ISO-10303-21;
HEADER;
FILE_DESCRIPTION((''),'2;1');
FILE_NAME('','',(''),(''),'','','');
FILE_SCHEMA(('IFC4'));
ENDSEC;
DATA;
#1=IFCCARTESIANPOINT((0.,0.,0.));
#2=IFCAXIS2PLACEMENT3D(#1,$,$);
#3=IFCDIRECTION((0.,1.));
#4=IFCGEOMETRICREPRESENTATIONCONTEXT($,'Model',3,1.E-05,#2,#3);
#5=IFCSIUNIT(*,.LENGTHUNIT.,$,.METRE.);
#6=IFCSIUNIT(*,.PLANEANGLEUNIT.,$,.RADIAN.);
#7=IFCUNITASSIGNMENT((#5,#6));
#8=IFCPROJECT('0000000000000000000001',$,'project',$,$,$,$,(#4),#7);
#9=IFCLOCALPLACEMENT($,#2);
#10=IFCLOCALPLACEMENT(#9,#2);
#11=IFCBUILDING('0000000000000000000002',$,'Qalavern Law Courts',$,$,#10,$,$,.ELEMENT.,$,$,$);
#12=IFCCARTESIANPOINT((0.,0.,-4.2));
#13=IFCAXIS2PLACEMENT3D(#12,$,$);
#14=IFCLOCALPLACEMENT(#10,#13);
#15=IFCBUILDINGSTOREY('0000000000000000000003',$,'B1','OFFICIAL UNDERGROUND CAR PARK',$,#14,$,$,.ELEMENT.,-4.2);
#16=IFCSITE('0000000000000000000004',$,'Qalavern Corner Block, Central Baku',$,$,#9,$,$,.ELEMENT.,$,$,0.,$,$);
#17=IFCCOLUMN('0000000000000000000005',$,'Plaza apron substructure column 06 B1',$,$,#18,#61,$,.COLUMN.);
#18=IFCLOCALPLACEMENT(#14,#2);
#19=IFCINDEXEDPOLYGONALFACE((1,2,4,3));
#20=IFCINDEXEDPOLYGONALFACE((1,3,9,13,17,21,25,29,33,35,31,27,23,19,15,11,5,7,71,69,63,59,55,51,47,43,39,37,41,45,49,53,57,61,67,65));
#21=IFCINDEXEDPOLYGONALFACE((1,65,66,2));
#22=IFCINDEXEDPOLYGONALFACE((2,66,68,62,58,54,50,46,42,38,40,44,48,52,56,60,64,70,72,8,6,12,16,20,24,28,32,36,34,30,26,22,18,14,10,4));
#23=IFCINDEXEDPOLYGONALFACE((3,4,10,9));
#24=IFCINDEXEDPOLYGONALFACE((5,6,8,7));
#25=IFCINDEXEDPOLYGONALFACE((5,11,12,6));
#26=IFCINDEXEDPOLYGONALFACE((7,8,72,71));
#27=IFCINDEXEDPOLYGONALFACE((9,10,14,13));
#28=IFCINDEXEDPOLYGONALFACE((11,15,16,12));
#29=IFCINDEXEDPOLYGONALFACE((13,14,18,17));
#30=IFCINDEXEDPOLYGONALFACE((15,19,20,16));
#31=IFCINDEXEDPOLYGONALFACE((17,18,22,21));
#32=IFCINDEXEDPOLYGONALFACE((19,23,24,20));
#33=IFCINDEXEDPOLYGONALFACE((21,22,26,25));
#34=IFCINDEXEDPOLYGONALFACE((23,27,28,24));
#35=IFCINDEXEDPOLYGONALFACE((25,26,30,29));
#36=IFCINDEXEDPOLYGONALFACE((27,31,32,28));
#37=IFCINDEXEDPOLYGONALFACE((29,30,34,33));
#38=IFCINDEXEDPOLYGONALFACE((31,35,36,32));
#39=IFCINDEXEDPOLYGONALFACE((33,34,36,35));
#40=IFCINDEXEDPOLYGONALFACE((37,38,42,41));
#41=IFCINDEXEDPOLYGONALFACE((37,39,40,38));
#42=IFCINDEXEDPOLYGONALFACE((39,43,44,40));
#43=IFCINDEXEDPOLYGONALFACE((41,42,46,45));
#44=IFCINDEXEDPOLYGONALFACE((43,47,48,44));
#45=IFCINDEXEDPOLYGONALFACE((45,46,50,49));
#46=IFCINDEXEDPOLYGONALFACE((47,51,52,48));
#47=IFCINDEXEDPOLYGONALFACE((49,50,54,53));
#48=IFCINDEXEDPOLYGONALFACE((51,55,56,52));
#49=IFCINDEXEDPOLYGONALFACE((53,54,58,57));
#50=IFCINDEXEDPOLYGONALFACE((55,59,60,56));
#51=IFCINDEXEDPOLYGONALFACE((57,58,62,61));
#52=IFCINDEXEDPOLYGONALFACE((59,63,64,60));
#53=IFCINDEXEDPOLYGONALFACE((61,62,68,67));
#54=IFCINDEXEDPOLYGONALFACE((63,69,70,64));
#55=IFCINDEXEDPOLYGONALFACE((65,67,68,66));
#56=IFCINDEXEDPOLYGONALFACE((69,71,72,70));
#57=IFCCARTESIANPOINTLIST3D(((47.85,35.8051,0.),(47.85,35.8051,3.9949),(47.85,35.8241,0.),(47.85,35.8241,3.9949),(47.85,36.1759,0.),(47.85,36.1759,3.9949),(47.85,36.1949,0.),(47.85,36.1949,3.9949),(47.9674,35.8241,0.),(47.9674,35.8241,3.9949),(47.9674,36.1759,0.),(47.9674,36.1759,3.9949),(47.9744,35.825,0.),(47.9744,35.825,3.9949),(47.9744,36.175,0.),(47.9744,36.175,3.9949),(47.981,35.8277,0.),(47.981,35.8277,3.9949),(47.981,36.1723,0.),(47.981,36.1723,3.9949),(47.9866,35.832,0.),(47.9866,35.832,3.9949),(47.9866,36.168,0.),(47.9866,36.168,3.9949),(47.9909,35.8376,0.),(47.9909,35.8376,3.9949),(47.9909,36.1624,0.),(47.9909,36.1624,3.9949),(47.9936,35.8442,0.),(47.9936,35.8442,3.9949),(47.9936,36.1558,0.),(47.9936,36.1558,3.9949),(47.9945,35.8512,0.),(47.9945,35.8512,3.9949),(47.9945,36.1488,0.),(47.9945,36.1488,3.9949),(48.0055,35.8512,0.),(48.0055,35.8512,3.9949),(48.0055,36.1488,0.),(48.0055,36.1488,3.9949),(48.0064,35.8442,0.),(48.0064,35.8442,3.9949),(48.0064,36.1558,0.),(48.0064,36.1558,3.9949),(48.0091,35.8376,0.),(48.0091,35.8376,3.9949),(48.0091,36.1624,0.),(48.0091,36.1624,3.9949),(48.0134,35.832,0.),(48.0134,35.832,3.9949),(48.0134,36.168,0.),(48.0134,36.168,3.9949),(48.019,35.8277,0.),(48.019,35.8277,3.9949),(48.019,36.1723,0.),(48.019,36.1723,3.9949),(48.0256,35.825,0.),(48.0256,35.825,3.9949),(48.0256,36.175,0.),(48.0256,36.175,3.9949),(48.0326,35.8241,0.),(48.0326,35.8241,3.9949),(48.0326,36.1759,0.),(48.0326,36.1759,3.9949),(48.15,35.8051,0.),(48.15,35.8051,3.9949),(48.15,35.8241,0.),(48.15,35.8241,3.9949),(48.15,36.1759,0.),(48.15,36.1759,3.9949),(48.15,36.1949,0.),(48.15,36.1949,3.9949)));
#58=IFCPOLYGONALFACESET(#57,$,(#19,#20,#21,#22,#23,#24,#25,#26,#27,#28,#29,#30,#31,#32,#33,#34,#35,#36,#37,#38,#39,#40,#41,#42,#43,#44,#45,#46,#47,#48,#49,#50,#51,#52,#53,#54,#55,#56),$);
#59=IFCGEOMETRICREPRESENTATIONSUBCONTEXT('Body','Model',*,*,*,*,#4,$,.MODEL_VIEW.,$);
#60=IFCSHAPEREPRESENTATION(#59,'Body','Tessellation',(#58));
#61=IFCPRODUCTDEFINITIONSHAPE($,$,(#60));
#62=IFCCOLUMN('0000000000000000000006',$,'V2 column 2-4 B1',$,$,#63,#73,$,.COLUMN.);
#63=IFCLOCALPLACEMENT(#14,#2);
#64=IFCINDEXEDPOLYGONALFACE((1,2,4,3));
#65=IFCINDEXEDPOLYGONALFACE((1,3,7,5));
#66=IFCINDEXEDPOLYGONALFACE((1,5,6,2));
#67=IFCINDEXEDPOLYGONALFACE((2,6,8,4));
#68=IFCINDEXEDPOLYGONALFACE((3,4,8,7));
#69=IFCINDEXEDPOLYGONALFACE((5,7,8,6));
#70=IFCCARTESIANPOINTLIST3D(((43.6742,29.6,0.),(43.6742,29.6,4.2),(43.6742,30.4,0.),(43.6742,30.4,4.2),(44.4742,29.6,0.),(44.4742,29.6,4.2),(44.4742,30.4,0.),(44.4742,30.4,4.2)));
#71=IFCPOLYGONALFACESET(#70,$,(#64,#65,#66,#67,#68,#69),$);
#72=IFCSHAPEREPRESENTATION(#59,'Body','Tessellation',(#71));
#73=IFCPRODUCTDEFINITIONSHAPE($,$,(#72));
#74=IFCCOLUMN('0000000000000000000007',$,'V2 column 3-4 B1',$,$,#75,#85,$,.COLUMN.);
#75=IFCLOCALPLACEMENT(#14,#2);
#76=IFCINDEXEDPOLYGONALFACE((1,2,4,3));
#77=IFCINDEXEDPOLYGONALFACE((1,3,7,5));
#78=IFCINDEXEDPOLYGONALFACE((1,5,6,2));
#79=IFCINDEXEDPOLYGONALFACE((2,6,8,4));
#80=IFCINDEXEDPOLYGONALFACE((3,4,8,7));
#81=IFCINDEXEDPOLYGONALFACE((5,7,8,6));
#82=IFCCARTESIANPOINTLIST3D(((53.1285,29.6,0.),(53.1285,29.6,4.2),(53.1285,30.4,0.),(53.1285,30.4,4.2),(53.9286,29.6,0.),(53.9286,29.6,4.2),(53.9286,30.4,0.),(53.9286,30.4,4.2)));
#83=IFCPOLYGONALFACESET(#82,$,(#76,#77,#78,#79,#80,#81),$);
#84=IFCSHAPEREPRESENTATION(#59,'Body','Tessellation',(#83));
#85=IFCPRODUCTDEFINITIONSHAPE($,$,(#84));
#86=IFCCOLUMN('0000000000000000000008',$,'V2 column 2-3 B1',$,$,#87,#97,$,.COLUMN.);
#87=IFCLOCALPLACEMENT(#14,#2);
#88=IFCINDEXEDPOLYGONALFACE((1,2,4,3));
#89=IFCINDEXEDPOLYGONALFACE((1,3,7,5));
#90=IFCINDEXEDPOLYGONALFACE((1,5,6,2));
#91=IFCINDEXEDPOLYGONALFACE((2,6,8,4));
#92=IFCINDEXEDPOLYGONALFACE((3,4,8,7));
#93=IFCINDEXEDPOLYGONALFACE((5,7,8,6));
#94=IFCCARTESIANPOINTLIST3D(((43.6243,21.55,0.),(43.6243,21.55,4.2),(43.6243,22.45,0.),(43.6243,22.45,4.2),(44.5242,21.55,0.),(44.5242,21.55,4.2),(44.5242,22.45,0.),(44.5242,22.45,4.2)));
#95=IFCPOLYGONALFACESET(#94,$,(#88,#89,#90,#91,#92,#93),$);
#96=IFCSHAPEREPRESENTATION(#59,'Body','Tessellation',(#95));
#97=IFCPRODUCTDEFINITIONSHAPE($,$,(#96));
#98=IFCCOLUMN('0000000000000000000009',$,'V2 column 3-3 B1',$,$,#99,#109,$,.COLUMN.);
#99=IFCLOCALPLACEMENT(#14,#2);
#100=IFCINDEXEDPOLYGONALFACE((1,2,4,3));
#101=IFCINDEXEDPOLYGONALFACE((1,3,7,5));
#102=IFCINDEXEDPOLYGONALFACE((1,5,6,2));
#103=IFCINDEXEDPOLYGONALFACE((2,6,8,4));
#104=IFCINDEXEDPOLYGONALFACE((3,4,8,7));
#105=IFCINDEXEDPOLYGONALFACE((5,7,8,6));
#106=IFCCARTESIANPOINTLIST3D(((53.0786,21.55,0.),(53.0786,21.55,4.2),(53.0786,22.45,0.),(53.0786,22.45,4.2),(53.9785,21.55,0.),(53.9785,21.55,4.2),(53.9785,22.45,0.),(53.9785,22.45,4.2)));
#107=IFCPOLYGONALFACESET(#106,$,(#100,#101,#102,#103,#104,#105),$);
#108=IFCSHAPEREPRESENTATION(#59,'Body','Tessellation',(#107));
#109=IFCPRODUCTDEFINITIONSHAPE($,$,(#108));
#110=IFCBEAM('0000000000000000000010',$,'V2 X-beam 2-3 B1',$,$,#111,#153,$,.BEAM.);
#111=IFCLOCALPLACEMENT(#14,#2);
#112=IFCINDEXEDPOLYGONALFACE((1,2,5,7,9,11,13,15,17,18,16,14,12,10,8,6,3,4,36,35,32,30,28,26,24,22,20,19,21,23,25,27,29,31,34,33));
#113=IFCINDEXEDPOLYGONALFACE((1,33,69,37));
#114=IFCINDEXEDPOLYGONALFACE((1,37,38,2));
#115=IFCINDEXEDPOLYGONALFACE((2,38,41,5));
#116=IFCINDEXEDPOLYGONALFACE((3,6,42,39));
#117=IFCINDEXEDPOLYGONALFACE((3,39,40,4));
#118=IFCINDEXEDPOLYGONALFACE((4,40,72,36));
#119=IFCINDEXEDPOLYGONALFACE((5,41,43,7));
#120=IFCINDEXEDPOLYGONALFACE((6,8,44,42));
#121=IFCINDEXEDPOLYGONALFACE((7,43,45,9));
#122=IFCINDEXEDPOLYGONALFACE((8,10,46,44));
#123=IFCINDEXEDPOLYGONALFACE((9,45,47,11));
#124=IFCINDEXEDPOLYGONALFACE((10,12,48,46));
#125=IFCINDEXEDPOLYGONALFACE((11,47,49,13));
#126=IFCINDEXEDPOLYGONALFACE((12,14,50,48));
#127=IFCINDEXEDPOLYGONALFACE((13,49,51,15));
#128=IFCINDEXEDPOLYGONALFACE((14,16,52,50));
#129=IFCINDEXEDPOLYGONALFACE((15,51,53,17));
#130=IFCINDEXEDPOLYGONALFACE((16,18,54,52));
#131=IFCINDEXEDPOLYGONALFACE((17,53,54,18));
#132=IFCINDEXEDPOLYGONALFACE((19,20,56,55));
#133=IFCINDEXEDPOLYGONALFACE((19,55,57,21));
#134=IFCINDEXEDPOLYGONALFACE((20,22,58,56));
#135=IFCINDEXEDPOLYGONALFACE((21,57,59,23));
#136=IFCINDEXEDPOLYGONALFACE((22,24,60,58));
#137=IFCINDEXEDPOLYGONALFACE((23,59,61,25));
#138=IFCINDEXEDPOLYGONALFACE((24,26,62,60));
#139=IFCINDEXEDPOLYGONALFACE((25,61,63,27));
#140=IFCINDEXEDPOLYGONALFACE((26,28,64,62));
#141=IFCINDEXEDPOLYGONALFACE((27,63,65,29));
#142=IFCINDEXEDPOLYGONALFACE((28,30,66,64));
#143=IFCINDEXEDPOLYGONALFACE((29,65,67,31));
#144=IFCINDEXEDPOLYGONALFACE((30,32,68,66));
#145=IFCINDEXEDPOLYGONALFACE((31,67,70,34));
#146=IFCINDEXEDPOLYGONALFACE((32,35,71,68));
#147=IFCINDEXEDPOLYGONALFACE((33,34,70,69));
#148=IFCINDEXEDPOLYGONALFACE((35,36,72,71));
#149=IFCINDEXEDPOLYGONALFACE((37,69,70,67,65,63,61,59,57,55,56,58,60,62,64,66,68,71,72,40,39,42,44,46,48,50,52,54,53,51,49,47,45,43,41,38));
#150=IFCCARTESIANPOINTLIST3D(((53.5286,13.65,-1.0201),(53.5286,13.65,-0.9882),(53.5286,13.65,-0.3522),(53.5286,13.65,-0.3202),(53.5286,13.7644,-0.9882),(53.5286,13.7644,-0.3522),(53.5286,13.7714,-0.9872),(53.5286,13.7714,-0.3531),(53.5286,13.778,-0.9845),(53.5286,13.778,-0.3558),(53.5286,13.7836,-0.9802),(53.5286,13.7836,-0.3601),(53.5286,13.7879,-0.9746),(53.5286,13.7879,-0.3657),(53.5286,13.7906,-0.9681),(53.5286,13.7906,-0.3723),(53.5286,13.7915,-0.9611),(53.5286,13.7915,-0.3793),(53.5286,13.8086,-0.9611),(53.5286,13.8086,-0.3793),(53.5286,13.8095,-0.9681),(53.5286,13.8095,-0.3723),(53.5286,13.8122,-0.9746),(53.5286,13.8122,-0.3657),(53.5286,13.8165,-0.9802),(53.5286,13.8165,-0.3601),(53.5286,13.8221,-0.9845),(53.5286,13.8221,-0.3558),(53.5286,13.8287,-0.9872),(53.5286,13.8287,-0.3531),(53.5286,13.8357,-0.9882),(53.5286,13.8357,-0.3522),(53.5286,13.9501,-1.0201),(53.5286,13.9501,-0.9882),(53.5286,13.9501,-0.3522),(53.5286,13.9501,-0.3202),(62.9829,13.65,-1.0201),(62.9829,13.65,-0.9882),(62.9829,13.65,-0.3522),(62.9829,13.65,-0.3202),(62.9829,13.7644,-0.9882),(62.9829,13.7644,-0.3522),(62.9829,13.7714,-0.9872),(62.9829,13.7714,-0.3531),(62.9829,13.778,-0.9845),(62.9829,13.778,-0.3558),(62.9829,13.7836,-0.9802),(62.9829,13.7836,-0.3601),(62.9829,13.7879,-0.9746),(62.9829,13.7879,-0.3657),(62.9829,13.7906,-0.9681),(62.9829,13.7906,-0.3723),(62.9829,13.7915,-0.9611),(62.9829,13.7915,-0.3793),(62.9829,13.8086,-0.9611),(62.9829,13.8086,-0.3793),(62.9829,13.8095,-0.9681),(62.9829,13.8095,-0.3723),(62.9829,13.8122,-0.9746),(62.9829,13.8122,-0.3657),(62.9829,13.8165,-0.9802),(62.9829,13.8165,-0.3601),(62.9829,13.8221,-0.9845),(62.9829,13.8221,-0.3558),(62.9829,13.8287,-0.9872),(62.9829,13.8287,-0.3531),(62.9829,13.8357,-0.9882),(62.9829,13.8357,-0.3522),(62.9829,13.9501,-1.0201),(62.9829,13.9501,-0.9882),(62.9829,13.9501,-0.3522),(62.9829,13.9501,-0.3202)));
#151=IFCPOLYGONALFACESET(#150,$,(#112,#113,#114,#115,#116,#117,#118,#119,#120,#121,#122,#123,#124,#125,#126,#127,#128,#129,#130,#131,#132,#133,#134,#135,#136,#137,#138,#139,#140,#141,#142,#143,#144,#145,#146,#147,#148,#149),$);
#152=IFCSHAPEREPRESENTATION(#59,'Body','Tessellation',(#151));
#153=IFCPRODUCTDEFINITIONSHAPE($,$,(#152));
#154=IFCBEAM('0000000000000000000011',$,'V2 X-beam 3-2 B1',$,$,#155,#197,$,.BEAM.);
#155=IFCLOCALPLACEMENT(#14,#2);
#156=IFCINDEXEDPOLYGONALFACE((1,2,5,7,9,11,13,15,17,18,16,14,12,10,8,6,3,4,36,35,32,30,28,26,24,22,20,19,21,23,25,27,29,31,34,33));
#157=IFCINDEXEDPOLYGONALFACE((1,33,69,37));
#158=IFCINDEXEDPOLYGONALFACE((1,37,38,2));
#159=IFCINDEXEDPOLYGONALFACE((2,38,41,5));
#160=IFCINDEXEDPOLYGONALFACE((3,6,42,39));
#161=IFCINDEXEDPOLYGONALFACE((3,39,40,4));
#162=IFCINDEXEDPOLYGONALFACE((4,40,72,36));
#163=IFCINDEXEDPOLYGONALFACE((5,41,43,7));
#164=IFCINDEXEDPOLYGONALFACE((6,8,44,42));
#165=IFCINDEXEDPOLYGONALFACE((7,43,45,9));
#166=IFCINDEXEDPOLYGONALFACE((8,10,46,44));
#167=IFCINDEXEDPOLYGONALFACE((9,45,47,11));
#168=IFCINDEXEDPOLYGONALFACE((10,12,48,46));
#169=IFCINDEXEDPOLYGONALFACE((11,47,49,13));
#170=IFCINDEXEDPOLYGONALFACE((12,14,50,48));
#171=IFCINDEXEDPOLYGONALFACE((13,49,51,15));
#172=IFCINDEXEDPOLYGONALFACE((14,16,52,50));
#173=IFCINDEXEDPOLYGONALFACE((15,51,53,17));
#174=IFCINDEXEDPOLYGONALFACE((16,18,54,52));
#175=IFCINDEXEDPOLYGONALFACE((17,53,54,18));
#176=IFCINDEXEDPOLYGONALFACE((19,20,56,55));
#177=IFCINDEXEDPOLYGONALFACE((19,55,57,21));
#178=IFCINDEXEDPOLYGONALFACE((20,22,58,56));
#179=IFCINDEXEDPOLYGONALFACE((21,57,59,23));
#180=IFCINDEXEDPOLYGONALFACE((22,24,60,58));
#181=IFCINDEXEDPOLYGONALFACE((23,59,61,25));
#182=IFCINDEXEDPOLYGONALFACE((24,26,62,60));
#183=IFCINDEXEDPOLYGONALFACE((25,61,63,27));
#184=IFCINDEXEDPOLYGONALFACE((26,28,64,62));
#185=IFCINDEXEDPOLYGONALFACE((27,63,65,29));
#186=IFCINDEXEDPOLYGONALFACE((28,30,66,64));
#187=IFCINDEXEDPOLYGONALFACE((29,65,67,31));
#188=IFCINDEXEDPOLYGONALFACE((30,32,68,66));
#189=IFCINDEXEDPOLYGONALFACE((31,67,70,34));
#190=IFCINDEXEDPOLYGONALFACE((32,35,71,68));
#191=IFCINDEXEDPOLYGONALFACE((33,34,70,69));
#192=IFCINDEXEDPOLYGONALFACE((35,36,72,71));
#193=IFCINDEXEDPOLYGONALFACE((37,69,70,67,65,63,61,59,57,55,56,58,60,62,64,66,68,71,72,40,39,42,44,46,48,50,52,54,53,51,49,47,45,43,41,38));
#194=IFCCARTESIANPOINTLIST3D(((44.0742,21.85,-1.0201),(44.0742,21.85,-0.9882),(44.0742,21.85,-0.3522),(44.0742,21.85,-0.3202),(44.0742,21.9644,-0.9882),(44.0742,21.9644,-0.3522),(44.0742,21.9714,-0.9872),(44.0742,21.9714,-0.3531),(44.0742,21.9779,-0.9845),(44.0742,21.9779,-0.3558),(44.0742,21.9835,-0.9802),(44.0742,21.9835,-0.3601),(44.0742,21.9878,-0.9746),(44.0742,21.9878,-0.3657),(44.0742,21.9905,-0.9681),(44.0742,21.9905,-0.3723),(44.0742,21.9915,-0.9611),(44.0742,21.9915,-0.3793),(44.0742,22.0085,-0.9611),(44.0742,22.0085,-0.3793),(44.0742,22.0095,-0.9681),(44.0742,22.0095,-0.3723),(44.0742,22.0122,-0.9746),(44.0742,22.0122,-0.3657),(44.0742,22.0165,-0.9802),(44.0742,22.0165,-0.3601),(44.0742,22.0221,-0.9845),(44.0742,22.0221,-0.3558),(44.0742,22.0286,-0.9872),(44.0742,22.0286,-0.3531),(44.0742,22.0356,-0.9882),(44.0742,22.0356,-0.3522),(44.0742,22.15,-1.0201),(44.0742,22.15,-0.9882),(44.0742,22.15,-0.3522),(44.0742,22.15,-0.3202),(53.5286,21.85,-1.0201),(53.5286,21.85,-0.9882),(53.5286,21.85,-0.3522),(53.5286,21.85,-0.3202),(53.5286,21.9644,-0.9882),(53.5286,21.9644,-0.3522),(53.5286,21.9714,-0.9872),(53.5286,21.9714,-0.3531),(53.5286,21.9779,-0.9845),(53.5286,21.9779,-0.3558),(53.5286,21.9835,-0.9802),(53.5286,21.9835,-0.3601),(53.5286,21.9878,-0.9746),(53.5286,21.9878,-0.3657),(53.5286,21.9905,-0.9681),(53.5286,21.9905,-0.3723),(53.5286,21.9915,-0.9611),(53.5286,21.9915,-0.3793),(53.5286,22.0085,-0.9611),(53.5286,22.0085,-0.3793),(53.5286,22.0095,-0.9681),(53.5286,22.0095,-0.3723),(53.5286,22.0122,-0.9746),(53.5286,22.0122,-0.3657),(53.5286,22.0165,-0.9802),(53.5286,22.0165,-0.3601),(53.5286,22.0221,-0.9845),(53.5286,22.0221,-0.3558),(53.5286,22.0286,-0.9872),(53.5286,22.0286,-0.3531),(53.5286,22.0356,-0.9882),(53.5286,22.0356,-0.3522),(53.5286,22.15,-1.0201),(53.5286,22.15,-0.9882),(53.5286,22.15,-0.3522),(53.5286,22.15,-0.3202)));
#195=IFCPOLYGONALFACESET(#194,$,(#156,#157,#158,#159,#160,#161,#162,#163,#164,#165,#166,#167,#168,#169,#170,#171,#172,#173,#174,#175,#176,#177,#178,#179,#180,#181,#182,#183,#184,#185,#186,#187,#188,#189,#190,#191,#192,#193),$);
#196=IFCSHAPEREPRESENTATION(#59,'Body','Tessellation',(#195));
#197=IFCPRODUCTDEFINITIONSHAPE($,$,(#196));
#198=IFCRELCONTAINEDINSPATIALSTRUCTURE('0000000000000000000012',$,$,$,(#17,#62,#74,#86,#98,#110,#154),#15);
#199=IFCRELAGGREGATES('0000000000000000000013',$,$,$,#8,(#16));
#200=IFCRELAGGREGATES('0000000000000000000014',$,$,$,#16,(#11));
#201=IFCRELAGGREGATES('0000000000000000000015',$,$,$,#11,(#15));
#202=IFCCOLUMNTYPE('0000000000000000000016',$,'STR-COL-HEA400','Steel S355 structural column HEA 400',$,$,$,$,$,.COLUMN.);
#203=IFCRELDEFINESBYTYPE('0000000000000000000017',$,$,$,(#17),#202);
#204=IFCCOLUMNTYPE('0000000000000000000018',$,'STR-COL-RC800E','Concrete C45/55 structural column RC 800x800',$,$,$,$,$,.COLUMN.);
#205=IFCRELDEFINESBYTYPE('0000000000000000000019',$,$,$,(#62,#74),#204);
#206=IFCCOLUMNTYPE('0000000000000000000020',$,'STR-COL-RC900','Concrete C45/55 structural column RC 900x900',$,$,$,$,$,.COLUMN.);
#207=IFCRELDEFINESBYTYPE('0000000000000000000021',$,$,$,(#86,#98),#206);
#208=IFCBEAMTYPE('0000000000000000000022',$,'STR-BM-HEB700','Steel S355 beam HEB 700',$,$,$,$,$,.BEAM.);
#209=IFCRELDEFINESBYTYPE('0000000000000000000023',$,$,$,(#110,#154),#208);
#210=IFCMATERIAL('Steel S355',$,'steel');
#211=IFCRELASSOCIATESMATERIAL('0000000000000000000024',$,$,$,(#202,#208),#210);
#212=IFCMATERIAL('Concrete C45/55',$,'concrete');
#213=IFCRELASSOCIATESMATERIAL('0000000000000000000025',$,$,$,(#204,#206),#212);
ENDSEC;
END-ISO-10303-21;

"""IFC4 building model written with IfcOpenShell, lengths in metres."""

from ifc_helpers import new_model, si_unit, direction, frame, origin, origin_2d, place, context, subcontext, project, spatial, rectangle, i_section, extrude, material, material_profile, profile_set, type_object, element, save


model = new_model("IFC4")

# Units and contexts
model_context = context("Model", 3, precision=1e-05, world=origin(), true_north=direction((0.0, 1.0)))
body_context = subcontext(model_context, "Body", "Model", "MODEL_VIEW")
ifc_project = project(units=[si_unit("LENGTHUNIT", "METRE"), si_unit("PLANEANGLEUNIT", "RADIAN")], contexts=[model_context])

# Site, building, storey
site_placement = place(None, origin())
site = spatial("IfcSite", under=ifc_project, at=site_placement, Name="Qalavern Corner Block, Central Baku", CompositionType="ELEMENT", RefElevation=0.0)
building_placement = place(site_placement, origin())
building = spatial("IfcBuilding", under=site, at=building_placement, Name="Qalavern Law Courts", CompositionType="ELEMENT")
storey_placement = place(building_placement, frame((0.0, 0.0, -4.2)))
storey = spatial("IfcBuildingStorey", under=building, at=storey_placement, Name="B1", Description="OFFICIAL UNDERGROUND CAR PARK", CompositionType="ELEMENT", Elevation=-4.2)

# Columns
ifc_material_1 = material(Name="Steel S355", Category="steel")
ifc_material_profile_1 = material_profile(ifc_material_1, i_section(OverallWidth=0.3, OverallDepth=0.3899, WebThickness=0.011, FlangeThickness=0.019, FilletRadius=0.0271, at=origin_2d()), Name="HEA 400")
ifc_profile_set_1 = profile_set([ifc_material_profile_1], Name="Steel S355")
column_type_1 = type_object("IfcColumnType", Name="STR-COL-HEA400", Description="Steel S355 structural column HEA 400", PredefinedType="COLUMN", material=ifc_profile_set_1)
column_placement = place(storey_placement, frame((48.0, 36.0, 0.0), z_axis=(0.0, 0.0, 1.0), x_axis=(1.0, 0.0, 0.0)))
element("IfcColumn", 1, at=column_placement, inside=storey, type_object=column_type_1, Name="Plaza apron substructure column 06 B1", PredefinedType="COLUMN", context=body_context, shape_type="SweptSolid", body=[
    extrude(i_section(OverallWidth=0.3, OverallDepth=0.3899, WebThickness=0.011, FlangeThickness=0.019, FilletRadius=0.0271, at=origin_2d()), origin(), (0.0, 0.0, 1.0), 3.9949),
])
ifc_material_2 = material(Name="Concrete C45/55", Category="concrete")
ifc_material_profile_2 = material_profile(ifc_material_2, rectangle(XDim=0.8, YDim=0.8, at=origin_2d()), Name="RC 800x800")
ifc_profile_set_2 = profile_set([ifc_material_profile_2], Name="Concrete C45/55")
column_type_2 = type_object("IfcColumnType", Name="STR-COL-RC800E", Description="Concrete C45/55 structural column RC 800x800", PredefinedType="COLUMN", material=ifc_profile_set_2)
for number, where, z_axis, x_axis, name in (
    (2, (44.0742, 30.0, 0.0), (0.0, 0.0, 1.0), (1.0, 0.0, 0.0), "V2 column 2-4 B1"),
    (3, (53.5286, 30.0, 0.0), (0.0, 0.0, 1.0), (1.0, 0.0, 0.0), "V2 column 3-4 B1"),
):
    element("IfcColumn", number, at=place(storey_placement, frame(where, z_axis=z_axis, x_axis=x_axis)), inside=storey, type_object=column_type_2, Name=name, PredefinedType="COLUMN", context=body_context, shape_type="SweptSolid", body=[
        extrude(rectangle(XDim=0.8, YDim=0.8, at=origin_2d()), origin(), (0.0, 0.0, 1.0), 4.2),
    ])
ifc_material_profile_3 = material_profile(ifc_material_2, rectangle(XDim=0.8999, YDim=0.8999, at=origin_2d()), Name="RC 900x900")
ifc_profile_set_3 = profile_set([ifc_material_profile_3], Name="Concrete C45/55")
column_type_3 = type_object("IfcColumnType", Name="STR-COL-RC900", Description="Concrete C45/55 structural column RC 900x900", PredefinedType="COLUMN", material=ifc_profile_set_3)
for number, where, z_axis, x_axis, name in (
    (4, (44.0742, 22.0, 0.0), (0.0, 0.0, 1.0), (1.0, 0.0, 0.0), "V2 column 2-3 B1"),
    (5, (53.5286, 22.0, 0.0), (0.0, 0.0, 1.0), (1.0, 0.0, 0.0), "V2 column 3-3 B1"),
):
    element("IfcColumn", number, at=place(storey_placement, frame(where, z_axis=z_axis, x_axis=x_axis)), inside=storey, type_object=column_type_3, Name=name, PredefinedType="COLUMN", context=body_context, shape_type="SweptSolid", body=[
        extrude(rectangle(XDim=0.8999, YDim=0.8999, at=origin_2d()), origin(), (0.0, 0.0, 1.0), 4.2),
    ])

# Beams
ifc_material_profile_4 = material_profile(ifc_material_1, i_section(OverallWidth=0.3, OverallDepth=0.7, WebThickness=0.0171, FlangeThickness=0.032, FilletRadius=0.0271, at=origin_2d()), Name="HEB 700")
ifc_profile_set_4 = profile_set([ifc_material_profile_4], Name="Steel S355")
beam_type_1 = type_object("IfcBeamType", Name="STR-BM-HEB700", Description="Steel S355 beam HEB 700", PredefinedType="BEAM", material=ifc_profile_set_4)
for number, where, z_axis, x_axis, name in (
    (6, (53.5286, 13.8, -0.6702), (1.0, 0.0, 0.0), (0.0, 1.0, 0.0), "V2 X-beam 2-3 B1"),
    (7, (44.0742, 22.0, -0.6702), (1.0, 0.0, 0.0), (0.0, 1.0, 0.0), "V2 X-beam 3-2 B1"),
):
    element("IfcBeam", number, at=place(storey_placement, frame(where, z_axis=z_axis, x_axis=x_axis)), inside=storey, type_object=beam_type_1, Name=name, PredefinedType="BEAM", context=body_context, shape_type="SweptSolid", body=[
        extrude(i_section(OverallWidth=0.3, OverallDepth=0.7, WebThickness=0.0171, FlangeThickness=0.032, FilletRadius=0.0271, at=origin_2d()), origin(), (0.0, 0.0, 1.0), 9.4543),
    ])

save(model, "model.ifc")
